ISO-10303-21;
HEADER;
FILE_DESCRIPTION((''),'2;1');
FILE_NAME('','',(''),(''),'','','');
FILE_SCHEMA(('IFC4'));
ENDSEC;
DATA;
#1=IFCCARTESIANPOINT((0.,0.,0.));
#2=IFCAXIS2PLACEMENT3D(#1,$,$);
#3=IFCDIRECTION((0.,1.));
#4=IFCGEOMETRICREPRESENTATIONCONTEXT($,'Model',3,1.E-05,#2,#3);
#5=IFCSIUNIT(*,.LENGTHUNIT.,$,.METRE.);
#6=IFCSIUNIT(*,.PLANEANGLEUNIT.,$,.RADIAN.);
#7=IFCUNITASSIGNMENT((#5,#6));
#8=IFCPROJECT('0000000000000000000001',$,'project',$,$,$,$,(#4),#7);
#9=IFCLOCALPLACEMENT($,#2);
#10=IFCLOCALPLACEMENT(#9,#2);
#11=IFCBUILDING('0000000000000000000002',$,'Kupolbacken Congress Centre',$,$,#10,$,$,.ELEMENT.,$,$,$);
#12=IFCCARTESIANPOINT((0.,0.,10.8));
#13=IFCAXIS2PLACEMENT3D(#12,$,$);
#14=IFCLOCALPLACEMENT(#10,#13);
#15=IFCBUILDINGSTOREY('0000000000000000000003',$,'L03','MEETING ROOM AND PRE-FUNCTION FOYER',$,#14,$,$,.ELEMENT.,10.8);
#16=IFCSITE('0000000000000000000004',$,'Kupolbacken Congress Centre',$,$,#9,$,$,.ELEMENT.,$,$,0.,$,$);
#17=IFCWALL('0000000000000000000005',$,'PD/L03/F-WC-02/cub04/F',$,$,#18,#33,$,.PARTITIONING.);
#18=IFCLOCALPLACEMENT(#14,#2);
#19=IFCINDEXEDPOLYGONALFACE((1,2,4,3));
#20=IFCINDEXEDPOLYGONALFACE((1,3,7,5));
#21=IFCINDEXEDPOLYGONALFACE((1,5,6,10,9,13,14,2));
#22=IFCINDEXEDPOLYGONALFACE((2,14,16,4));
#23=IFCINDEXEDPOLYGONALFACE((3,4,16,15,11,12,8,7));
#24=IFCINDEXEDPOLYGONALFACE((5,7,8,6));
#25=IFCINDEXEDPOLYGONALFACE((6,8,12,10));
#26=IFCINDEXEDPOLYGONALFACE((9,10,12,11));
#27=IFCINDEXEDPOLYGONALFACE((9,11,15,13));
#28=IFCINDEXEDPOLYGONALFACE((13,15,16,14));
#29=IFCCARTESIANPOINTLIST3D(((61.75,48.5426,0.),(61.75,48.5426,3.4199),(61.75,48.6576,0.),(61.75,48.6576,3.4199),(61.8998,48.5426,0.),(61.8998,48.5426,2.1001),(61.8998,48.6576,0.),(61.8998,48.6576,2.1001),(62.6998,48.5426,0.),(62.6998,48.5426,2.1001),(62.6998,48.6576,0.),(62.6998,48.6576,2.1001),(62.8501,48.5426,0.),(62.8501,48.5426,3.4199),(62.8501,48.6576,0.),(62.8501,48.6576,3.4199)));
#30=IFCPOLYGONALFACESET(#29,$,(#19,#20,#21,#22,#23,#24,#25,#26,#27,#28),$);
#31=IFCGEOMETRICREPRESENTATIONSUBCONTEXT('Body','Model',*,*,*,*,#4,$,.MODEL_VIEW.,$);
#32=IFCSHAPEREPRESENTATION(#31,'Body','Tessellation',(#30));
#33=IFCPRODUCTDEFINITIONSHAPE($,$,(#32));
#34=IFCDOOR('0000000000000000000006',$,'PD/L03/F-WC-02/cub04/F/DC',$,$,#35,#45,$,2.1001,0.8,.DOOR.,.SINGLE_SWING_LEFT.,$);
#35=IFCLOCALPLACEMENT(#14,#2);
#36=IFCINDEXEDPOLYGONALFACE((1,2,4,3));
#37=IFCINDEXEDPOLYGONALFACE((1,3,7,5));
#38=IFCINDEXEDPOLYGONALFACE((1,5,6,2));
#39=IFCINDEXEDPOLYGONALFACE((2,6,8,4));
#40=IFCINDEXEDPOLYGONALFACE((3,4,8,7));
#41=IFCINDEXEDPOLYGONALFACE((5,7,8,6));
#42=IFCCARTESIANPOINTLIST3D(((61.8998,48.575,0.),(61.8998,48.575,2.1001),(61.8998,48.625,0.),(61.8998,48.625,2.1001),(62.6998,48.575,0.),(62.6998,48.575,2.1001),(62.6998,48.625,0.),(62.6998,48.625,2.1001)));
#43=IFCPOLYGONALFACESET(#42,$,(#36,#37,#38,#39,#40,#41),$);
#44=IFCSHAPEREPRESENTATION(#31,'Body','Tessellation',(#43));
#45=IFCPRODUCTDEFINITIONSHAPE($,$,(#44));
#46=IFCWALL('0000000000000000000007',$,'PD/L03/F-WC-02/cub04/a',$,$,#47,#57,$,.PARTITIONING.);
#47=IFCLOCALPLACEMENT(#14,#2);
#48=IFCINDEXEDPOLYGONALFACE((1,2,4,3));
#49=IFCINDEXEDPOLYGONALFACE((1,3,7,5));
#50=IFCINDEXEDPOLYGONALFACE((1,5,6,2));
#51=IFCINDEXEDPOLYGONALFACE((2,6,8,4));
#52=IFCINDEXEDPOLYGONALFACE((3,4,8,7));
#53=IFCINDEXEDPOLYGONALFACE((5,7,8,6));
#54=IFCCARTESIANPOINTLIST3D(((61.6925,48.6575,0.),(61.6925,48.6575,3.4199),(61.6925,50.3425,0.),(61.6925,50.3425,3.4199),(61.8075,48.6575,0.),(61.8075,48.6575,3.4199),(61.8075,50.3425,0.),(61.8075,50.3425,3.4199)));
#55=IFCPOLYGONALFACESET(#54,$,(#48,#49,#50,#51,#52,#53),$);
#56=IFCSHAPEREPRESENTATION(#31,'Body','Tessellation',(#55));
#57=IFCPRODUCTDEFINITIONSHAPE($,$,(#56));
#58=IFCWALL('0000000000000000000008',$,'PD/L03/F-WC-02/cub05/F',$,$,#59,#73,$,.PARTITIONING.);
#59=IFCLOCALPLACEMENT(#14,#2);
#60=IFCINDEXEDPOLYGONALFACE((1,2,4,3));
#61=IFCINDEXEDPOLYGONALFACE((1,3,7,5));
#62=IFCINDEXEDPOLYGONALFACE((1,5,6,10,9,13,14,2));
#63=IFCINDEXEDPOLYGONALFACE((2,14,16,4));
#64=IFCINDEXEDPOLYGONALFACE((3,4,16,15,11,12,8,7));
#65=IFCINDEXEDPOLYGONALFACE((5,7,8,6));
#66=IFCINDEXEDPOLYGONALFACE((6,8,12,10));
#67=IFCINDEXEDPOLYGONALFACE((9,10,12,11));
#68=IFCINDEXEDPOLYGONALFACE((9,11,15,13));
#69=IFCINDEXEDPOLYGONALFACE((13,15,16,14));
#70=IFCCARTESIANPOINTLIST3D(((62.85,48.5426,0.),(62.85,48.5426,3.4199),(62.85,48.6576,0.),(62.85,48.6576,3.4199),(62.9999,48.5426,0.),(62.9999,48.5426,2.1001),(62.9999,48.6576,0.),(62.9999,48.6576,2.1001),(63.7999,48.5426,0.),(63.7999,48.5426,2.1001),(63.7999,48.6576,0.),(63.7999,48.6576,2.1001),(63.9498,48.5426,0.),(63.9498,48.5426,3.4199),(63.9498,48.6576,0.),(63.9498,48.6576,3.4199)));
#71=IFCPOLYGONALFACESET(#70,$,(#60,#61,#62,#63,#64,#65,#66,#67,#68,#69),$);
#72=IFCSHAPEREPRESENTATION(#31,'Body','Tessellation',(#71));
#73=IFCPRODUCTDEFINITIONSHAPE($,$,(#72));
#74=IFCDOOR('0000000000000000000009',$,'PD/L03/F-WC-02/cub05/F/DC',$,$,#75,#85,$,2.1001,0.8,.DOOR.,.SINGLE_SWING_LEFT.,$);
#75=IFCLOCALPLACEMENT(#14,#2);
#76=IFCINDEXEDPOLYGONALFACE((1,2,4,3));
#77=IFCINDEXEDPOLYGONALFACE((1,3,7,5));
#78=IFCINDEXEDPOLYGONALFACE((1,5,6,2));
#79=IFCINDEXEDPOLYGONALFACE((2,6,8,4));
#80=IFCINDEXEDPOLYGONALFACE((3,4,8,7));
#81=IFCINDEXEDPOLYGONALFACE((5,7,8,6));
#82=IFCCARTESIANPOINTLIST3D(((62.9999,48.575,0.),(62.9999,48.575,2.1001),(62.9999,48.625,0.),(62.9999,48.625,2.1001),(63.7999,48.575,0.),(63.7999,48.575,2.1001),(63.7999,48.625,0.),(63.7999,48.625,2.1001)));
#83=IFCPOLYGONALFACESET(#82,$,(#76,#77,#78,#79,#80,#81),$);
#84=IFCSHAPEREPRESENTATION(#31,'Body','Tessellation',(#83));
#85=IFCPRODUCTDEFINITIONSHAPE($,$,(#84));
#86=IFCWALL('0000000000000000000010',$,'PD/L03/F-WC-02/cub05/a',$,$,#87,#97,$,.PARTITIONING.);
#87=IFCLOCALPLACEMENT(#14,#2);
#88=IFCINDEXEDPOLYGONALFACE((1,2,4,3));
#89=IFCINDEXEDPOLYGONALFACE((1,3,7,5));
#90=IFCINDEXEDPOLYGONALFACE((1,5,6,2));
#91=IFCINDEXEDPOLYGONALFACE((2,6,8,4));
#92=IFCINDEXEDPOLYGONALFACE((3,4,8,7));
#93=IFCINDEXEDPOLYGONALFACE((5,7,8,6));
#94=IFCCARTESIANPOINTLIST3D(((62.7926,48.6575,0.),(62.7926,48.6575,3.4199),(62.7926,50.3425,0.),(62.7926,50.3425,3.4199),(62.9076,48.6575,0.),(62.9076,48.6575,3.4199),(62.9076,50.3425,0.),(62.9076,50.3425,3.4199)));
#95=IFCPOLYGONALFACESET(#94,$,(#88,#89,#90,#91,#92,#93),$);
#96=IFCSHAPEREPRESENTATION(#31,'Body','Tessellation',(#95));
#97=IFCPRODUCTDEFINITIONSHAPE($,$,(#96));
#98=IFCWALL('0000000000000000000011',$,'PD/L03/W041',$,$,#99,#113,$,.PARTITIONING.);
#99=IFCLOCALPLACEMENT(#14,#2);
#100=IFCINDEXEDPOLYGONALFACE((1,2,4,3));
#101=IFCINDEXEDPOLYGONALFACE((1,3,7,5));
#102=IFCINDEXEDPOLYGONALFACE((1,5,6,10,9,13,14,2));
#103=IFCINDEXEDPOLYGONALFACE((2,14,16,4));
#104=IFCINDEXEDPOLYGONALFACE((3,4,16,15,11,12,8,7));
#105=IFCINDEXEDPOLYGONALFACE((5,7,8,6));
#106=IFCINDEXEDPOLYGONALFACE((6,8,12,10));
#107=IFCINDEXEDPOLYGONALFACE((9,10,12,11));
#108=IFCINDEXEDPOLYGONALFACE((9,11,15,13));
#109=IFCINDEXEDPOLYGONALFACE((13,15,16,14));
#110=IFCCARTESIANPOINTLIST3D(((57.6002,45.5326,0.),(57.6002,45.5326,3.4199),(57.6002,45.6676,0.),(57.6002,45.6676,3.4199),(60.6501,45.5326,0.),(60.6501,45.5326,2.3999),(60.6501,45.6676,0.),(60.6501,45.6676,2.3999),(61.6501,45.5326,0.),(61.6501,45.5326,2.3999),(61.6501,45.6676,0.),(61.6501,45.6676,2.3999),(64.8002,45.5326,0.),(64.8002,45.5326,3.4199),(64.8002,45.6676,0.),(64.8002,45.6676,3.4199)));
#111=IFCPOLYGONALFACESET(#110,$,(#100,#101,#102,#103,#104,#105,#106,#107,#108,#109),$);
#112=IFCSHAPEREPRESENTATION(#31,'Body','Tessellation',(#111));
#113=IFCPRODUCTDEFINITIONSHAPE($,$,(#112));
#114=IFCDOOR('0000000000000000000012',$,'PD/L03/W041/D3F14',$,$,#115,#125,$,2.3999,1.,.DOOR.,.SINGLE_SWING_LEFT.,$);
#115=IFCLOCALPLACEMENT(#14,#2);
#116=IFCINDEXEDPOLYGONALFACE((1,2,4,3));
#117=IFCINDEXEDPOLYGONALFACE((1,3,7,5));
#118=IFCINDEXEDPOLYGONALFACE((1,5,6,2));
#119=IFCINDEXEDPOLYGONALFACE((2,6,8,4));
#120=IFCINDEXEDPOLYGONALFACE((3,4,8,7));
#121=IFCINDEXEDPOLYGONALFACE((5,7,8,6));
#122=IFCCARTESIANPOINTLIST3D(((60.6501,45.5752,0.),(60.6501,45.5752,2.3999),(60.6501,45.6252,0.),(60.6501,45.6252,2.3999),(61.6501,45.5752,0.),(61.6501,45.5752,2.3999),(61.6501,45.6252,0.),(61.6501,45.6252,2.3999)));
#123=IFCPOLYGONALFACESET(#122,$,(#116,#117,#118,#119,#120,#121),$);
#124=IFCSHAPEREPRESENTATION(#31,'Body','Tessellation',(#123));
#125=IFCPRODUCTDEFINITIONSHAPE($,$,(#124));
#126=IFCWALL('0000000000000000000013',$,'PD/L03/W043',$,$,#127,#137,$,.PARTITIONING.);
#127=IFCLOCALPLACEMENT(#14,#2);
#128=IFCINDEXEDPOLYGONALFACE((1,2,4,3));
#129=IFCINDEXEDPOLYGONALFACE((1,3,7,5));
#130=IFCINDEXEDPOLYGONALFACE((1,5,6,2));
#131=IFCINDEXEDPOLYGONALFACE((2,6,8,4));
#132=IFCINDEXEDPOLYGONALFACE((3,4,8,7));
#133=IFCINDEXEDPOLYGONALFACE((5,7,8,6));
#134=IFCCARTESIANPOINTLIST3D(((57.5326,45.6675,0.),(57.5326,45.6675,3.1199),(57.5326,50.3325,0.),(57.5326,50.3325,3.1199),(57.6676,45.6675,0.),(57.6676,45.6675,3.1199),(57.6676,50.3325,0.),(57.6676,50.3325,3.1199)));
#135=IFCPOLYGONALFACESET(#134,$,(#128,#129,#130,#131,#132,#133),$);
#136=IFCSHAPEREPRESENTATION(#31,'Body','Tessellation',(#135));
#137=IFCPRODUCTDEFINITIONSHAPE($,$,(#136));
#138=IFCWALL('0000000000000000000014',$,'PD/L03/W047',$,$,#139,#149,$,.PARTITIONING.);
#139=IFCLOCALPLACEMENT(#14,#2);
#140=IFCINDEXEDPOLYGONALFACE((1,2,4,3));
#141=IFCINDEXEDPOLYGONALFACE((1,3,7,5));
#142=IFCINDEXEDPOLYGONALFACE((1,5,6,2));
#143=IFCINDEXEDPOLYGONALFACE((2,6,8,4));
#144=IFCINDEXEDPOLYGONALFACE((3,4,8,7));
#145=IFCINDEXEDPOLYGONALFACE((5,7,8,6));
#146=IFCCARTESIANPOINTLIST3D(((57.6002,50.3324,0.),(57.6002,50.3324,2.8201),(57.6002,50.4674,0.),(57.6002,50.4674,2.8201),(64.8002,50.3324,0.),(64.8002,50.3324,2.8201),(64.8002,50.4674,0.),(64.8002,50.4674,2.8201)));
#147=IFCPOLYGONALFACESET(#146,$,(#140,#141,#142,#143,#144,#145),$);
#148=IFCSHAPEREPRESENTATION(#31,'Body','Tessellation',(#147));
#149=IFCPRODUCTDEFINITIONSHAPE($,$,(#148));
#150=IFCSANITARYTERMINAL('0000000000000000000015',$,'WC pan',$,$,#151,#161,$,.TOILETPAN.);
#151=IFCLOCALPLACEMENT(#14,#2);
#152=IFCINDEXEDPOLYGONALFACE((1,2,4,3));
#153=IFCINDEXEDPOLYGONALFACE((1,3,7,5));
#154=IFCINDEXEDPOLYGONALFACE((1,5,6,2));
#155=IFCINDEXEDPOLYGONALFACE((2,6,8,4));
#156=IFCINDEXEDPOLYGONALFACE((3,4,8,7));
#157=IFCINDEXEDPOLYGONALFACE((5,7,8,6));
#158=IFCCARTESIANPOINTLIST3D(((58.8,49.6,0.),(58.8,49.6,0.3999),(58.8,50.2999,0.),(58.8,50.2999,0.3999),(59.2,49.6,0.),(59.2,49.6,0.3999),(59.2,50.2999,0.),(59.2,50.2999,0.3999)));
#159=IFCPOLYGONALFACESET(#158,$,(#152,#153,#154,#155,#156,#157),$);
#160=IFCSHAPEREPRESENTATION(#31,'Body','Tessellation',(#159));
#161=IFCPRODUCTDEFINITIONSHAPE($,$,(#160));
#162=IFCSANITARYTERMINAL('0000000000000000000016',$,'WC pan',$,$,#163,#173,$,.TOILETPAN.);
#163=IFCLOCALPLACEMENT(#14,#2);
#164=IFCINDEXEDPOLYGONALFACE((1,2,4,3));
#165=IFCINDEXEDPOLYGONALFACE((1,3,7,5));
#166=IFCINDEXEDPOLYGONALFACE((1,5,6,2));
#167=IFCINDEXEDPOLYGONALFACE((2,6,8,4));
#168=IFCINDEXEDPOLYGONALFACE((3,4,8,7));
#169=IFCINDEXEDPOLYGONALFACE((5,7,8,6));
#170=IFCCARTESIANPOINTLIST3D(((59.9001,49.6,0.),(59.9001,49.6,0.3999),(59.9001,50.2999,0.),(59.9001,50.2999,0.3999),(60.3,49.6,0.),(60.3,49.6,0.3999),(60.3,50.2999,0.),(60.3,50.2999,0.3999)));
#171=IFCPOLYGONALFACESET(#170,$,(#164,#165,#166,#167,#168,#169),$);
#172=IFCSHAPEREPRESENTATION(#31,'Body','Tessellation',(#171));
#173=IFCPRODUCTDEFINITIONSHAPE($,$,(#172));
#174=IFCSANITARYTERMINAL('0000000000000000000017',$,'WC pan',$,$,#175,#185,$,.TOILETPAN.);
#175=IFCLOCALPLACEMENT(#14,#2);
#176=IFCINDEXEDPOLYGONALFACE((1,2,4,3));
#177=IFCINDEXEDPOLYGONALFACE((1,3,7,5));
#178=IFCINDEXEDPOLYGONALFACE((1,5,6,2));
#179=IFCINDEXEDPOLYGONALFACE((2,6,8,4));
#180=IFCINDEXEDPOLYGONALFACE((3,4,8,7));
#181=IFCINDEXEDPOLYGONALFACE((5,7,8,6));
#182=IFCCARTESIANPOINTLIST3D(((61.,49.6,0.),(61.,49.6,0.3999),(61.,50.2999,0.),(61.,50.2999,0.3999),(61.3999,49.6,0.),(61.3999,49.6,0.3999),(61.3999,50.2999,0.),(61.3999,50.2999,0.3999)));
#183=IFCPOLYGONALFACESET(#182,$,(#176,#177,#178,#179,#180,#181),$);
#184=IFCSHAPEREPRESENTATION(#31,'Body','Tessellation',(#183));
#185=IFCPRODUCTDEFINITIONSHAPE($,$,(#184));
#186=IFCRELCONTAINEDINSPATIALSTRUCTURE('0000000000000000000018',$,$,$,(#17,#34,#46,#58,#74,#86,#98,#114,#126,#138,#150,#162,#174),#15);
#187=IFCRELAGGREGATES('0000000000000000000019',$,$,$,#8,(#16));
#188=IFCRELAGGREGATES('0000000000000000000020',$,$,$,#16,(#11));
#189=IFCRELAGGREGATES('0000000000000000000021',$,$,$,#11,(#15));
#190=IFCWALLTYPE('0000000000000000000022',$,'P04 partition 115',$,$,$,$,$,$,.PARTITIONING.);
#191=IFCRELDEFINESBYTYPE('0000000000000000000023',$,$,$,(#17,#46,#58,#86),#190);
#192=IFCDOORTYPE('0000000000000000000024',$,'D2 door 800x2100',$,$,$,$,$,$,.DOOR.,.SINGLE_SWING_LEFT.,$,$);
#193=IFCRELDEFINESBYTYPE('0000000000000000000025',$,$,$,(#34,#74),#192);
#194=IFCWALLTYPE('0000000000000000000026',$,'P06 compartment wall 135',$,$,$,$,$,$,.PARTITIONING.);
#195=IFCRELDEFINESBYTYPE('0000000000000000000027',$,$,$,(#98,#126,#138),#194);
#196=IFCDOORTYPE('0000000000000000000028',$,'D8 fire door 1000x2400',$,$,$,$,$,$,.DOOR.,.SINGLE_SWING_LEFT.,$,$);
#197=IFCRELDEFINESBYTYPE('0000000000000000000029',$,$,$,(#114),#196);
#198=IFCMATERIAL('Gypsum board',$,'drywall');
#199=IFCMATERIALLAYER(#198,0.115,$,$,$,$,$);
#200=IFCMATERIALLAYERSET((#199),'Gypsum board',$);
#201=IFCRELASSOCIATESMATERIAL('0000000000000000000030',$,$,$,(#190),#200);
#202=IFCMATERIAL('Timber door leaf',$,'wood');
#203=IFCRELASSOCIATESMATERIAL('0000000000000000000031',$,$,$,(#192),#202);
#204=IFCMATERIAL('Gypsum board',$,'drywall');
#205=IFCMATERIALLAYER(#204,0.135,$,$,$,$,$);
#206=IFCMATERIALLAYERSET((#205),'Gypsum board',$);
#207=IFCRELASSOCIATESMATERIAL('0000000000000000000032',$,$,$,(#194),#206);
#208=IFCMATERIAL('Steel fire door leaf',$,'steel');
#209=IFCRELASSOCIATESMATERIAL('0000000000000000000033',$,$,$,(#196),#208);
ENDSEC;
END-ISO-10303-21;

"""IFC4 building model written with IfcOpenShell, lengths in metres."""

from ifc_helpers import new_model, si_unit, direction, frame, frame_2d, origin, origin_2d, place, context, subcontext, project, spatial, rectangle, extrude, material, layer, layer_set, type_object, element, fill, save


model = new_model("IFC4")

# Units and contexts
model_context = context("Model", 3, precision=1e-05, world=origin(), true_north=direction((0.0, 1.0)))
body_context = subcontext(model_context, "Body", "Model", "MODEL_VIEW")
ifc_project = project(units=[si_unit("LENGTHUNIT", "METRE"), si_unit("PLANEANGLEUNIT", "RADIAN")], contexts=[model_context])

# Site, building, storey
site_placement = place(None, origin())
site = spatial("IfcSite", under=ifc_project, at=site_placement, Name="Kupolbacken Congress Centre", CompositionType="ELEMENT", RefElevation=0.0)
building_placement = place(site_placement, origin())
building = spatial("IfcBuilding", under=site, at=building_placement, Name="Kupolbacken Congress Centre", CompositionType="ELEMENT")
storey_placement = place(building_placement, frame((0.0, 0.0, 10.8)))
storey = spatial("IfcBuildingStorey", under=building, at=storey_placement, Name="L03", Description="MEETING ROOM AND PRE-FUNCTION FOYER", CompositionType="ELEMENT", Elevation=10.8)

# Shared definitions
ifc_material_1 = material(Name="Gypsum board", Category="drywall")
ifc_layer_1 = layer(ifc_material_1, 0.115)
ifc_layer_set_1 = layer_set([ifc_layer_1], Name="Gypsum board")
wall_type_1 = type_object("IfcWallType", Name="P04 partition 115", PredefinedType="PARTITIONING", material=ifc_layer_set_1)
ifc_material_2 = material(Name="Timber door leaf", Category="wood")
door_type_1 = type_object("IfcDoorType", Name="D2 door 800x2100", OperationType="SINGLE_SWING_LEFT", PredefinedType="DOOR", material=ifc_material_2)

# Wall, opening, door
wall_1_placement = place(storey_placement, frame((61.75, 48.6001, 0.0), z_axis=(0.0, 0.0, 1.0), x_axis=(1.0, 0.0, 0.0)))
wall_1 = element("IfcWall", 1, at=wall_1_placement, inside=storey, type_object=wall_type_1, Name="PD/L03/F-WC-02/cub04/F", PredefinedType="PARTITIONING", context=body_context, shape_type="SweptSolid", body=[
    extrude(rectangle(XDim=1.1001, YDim=0.115, at=frame_2d((0.55, 0.0))), origin(), (0.0, 0.0, 1.0), 3.4199),
])
opening_1_placement = place(wall_1_placement, frame((0.1499, 0.0, 0.0)))
opening_1 = element("IfcOpeningElement", 2, at=opening_1_placement, cuts=wall_1, PredefinedType="OPENING", context=body_context, shape_type="SweptSolid", body=[
    extrude(rectangle(XDim=0.8, YDim=2.1001, at=frame_2d((0.3999, 1.05))), frame((0.0, 0.0674, 0.0), z_axis=(0.0, -1.0, 0.0), x_axis=(1.0, 0.0, 0.0)), (0.0, 0.0, 1.0), 0.135),
])
door_1_placement = place(opening_1_placement, origin())
door_1 = element("IfcDoor", 3, at=door_1_placement, inside=storey, type_object=door_type_1, Name="PD/L03/F-WC-02/cub04/F/DC", OperationType="SINGLE_SWING_LEFT", OverallHeight=2.1001, OverallWidth=0.8, PredefinedType="DOOR", context=body_context, shape_type="SweptSolid", body=[
    extrude(rectangle(XDim=0.8, YDim=2.1001, at=frame_2d((0.3999, 1.05))), frame((0.0, 0.0249, 0.0), z_axis=(0.0, -1.0, 0.0), x_axis=(1.0, 0.0, 0.0)), (0.0, 0.0, 1.0), 0.05),
])
fill(opening_1, door_1)

# Wall
wall_2_placement = place(storey_placement, frame((61.75, 50.3425, 0.0), z_axis=(0.0, 0.0, 1.0), x_axis=(0.0, -1.0, 0.0)))
element("IfcWall", 4, at=wall_2_placement, inside=storey, type_object=wall_type_1, Name="PD/L03/F-WC-02/cub04/a", PredefinedType="PARTITIONING", context=body_context, shape_type="SweptSolid", body=[
    extrude(rectangle(XDim=1.6851, YDim=0.115, at=frame_2d((0.8425, 0.0))), origin(), (0.0, 0.0, 1.0), 3.4199),
])

# Wall, opening, door
wall_3_placement = place(storey_placement, frame((62.8501, 48.6001, 0.0), z_axis=(0.0, 0.0, 1.0), x_axis=(1.0, 0.0, 0.0)))
wall_3 = element("IfcWall", 5, at=wall_3_placement, inside=storey, type_object=wall_type_1, Name="PD/L03/F-WC-02/cub05/F", PredefinedType="PARTITIONING", context=body_context, shape_type="SweptSolid", body=[
    extrude(rectangle(XDim=1.0999, YDim=0.115, at=frame_2d((0.5498, 0.0))), origin(), (0.0, 0.0, 1.0), 3.4199),
])
opening_2_placement = place(wall_3_placement, frame((0.1499, 0.0, 0.0)))
opening_2 = element("IfcOpeningElement", 6, at=opening_2_placement, cuts=wall_3, PredefinedType="OPENING", context=body_context, shape_type="SweptSolid", body=[
    extrude(rectangle(XDim=0.8, YDim=2.1001, at=frame_2d((0.3999, 1.05))), frame((0.0, 0.0674, 0.0), z_axis=(0.0, -1.0, 0.0), x_axis=(1.0, 0.0, 0.0)), (0.0, 0.0, 1.0), 0.135),
])
door_2_placement = place(opening_2_placement, origin())
door_2 = element("IfcDoor", 7, at=door_2_placement, inside=storey, type_object=door_type_1, Name="PD/L03/F-WC-02/cub05/F/DC", OperationType="SINGLE_SWING_LEFT", OverallHeight=2.1001, OverallWidth=0.8, PredefinedType="DOOR", context=body_context, shape_type="SweptSolid", body=[
    extrude(rectangle(XDim=0.8, YDim=2.1001, at=frame_2d((0.3999, 1.05))), frame((0.0, 0.0249, 0.0), z_axis=(0.0, -1.0, 0.0), x_axis=(1.0, 0.0, 0.0)), (0.0, 0.0, 1.0), 0.05),
])
fill(opening_2, door_2)

# Wall
wall_4_placement = place(storey_placement, frame((62.8501, 50.3425, 0.0), z_axis=(0.0, 0.0, 1.0), x_axis=(0.0, -1.0, 0.0)))
element("IfcWall", 8, at=wall_4_placement, inside=storey, type_object=wall_type_1, Name="PD/L03/F-WC-02/cub05/a", PredefinedType="PARTITIONING", context=body_context, shape_type="SweptSolid", body=[
    extrude(rectangle(XDim=1.6851, YDim=0.115, at=frame_2d((0.8425, 0.0))), origin(), (0.0, 0.0, 1.0), 3.4199),
])

# Wall, opening, door
ifc_material_3 = material(Name="Gypsum board", Category="drywall")
ifc_layer_2 = layer(ifc_material_3, 0.135)
ifc_layer_set_2 = layer_set([ifc_layer_2], Name="Gypsum board")
wall_type_2 = type_object("IfcWallType", Name="P06 compartment wall 135", PredefinedType="PARTITIONING", material=ifc_layer_set_2)
wall_5_placement = place(storey_placement, frame((57.6001, 45.6001, 0.0), z_axis=(0.0, 0.0, 1.0), x_axis=(1.0, 0.0, 0.0)))
wall_5 = element("IfcWall", 9, at=wall_5_placement, inside=storey, type_object=wall_type_2, Name="PD/L03/W041", PredefinedType="PARTITIONING", context=body_context, shape_type="SweptSolid", body=[
    extrude(rectangle(XDim=7.2, YDim=0.135, at=frame_2d((3.6001, 0.0))), origin(), (0.0, 0.0, 1.0), 3.4199),
])
opening_3_placement = place(wall_5_placement, frame((3.05, 0.0, 0.0)))
opening_3 = element("IfcOpeningElement", 10, at=opening_3_placement, cuts=wall_5, PredefinedType="OPENING", context=body_context, shape_type="SweptSolid", body=[
    extrude(rectangle(XDim=1.0, YDim=2.3999, at=frame_2d((0.5, 1.2))), frame((0.0, 0.0774, 0.0), z_axis=(0.0, -1.0, 0.0), x_axis=(1.0, 0.0, 0.0)), (0.0, 0.0, 1.0), 0.155),
])
ifc_material_4 = material(Name="Steel fire door leaf", Category="steel")
door_type_2 = type_object("IfcDoorType", Name="D8 fire door 1000x2400", OperationType="SINGLE_SWING_LEFT", PredefinedType="DOOR", material=ifc_material_4)
door_3_placement = place(opening_3_placement, frame((1.0, 0.0, 0.0), z_axis=(0.0, 0.0, 1.0), x_axis=(-1.0, 0.0, 0.0)))
door_3 = element("IfcDoor", 11, at=door_3_placement, inside=storey, type_object=door_type_2, Name="PD/L03/W041/D3F14", OperationType="SINGLE_SWING_LEFT", OverallHeight=2.3999, OverallWidth=1.0, PredefinedType="DOOR", context=body_context, shape_type="SweptSolid", body=[
    extrude(rectangle(XDim=1.0, YDim=2.3999, at=frame_2d((0.5, 1.2))), frame((0.0, 0.0249, 0.0), z_axis=(0.0, -1.0, 0.0), x_axis=(1.0, 0.0, 0.0)), (0.0, 0.0, 1.0), 0.05),
])
fill(opening_3, door_3)

# Walls
wall_6_placement = place(storey_placement, frame((57.6001, 50.3325, 0.0), z_axis=(0.0, 0.0, 1.0), x_axis=(0.0, -1.0, 0.0)))
element("IfcWall", 12, at=wall_6_placement, inside=storey, type_object=wall_type_2, Name="PD/L03/W043", PredefinedType="PARTITIONING", context=body_context, shape_type="SweptSolid", body=[
    extrude(rectangle(XDim=4.665, YDim=0.135, at=frame_2d((2.3325, 0.0))), origin(), (0.0, 0.0, 1.0), 3.1199),
])
wall_7_placement = place(storey_placement, frame((57.6001, 50.3999, 0.0), z_axis=(0.0, 0.0, 1.0), x_axis=(1.0, 0.0, 0.0)))
element("IfcWall", 13, at=wall_7_placement, inside=storey, type_object=wall_type_2, Name="PD/L03/W047", PredefinedType="PARTITIONING", context=body_context, shape_type="SweptSolid", body=[
    extrude(rectangle(XDim=7.2, YDim=0.135, at=frame_2d((3.6001, 0.0))), origin(), (0.0, 0.0, 1.0), 2.8201),
])

# Sanitary terminals
for number, where, z_axis, x_axis, name in (
    (14, (59.0, 49.95, 0.0), (0.0, 0.0, 1.0), (1.0, 0.0, 0.0), "WC pan"),
    (15, (60.1001, 49.95, 0.0), (0.0, 0.0, 1.0), (1.0, 0.0, 0.0), "WC pan"),
    (16, (61.2, 49.95, 0.0), (0.0, 0.0, 1.0), (1.0, 0.0, 0.0), "WC pan"),
):
    element("IfcSanitaryTerminal", number, at=place(storey_placement, frame(where, z_axis=z_axis, x_axis=x_axis)), inside=storey, Name=name, PredefinedType="TOILETPAN", context=body_context, shape_type="SweptSolid", body=[
        extrude(rectangle(XDim=0.3999, YDim=0.7, at=origin_2d()), origin(), (0.0, 0.0, 1.0), 0.3999),
    ])

save(model, "model.ifc")
